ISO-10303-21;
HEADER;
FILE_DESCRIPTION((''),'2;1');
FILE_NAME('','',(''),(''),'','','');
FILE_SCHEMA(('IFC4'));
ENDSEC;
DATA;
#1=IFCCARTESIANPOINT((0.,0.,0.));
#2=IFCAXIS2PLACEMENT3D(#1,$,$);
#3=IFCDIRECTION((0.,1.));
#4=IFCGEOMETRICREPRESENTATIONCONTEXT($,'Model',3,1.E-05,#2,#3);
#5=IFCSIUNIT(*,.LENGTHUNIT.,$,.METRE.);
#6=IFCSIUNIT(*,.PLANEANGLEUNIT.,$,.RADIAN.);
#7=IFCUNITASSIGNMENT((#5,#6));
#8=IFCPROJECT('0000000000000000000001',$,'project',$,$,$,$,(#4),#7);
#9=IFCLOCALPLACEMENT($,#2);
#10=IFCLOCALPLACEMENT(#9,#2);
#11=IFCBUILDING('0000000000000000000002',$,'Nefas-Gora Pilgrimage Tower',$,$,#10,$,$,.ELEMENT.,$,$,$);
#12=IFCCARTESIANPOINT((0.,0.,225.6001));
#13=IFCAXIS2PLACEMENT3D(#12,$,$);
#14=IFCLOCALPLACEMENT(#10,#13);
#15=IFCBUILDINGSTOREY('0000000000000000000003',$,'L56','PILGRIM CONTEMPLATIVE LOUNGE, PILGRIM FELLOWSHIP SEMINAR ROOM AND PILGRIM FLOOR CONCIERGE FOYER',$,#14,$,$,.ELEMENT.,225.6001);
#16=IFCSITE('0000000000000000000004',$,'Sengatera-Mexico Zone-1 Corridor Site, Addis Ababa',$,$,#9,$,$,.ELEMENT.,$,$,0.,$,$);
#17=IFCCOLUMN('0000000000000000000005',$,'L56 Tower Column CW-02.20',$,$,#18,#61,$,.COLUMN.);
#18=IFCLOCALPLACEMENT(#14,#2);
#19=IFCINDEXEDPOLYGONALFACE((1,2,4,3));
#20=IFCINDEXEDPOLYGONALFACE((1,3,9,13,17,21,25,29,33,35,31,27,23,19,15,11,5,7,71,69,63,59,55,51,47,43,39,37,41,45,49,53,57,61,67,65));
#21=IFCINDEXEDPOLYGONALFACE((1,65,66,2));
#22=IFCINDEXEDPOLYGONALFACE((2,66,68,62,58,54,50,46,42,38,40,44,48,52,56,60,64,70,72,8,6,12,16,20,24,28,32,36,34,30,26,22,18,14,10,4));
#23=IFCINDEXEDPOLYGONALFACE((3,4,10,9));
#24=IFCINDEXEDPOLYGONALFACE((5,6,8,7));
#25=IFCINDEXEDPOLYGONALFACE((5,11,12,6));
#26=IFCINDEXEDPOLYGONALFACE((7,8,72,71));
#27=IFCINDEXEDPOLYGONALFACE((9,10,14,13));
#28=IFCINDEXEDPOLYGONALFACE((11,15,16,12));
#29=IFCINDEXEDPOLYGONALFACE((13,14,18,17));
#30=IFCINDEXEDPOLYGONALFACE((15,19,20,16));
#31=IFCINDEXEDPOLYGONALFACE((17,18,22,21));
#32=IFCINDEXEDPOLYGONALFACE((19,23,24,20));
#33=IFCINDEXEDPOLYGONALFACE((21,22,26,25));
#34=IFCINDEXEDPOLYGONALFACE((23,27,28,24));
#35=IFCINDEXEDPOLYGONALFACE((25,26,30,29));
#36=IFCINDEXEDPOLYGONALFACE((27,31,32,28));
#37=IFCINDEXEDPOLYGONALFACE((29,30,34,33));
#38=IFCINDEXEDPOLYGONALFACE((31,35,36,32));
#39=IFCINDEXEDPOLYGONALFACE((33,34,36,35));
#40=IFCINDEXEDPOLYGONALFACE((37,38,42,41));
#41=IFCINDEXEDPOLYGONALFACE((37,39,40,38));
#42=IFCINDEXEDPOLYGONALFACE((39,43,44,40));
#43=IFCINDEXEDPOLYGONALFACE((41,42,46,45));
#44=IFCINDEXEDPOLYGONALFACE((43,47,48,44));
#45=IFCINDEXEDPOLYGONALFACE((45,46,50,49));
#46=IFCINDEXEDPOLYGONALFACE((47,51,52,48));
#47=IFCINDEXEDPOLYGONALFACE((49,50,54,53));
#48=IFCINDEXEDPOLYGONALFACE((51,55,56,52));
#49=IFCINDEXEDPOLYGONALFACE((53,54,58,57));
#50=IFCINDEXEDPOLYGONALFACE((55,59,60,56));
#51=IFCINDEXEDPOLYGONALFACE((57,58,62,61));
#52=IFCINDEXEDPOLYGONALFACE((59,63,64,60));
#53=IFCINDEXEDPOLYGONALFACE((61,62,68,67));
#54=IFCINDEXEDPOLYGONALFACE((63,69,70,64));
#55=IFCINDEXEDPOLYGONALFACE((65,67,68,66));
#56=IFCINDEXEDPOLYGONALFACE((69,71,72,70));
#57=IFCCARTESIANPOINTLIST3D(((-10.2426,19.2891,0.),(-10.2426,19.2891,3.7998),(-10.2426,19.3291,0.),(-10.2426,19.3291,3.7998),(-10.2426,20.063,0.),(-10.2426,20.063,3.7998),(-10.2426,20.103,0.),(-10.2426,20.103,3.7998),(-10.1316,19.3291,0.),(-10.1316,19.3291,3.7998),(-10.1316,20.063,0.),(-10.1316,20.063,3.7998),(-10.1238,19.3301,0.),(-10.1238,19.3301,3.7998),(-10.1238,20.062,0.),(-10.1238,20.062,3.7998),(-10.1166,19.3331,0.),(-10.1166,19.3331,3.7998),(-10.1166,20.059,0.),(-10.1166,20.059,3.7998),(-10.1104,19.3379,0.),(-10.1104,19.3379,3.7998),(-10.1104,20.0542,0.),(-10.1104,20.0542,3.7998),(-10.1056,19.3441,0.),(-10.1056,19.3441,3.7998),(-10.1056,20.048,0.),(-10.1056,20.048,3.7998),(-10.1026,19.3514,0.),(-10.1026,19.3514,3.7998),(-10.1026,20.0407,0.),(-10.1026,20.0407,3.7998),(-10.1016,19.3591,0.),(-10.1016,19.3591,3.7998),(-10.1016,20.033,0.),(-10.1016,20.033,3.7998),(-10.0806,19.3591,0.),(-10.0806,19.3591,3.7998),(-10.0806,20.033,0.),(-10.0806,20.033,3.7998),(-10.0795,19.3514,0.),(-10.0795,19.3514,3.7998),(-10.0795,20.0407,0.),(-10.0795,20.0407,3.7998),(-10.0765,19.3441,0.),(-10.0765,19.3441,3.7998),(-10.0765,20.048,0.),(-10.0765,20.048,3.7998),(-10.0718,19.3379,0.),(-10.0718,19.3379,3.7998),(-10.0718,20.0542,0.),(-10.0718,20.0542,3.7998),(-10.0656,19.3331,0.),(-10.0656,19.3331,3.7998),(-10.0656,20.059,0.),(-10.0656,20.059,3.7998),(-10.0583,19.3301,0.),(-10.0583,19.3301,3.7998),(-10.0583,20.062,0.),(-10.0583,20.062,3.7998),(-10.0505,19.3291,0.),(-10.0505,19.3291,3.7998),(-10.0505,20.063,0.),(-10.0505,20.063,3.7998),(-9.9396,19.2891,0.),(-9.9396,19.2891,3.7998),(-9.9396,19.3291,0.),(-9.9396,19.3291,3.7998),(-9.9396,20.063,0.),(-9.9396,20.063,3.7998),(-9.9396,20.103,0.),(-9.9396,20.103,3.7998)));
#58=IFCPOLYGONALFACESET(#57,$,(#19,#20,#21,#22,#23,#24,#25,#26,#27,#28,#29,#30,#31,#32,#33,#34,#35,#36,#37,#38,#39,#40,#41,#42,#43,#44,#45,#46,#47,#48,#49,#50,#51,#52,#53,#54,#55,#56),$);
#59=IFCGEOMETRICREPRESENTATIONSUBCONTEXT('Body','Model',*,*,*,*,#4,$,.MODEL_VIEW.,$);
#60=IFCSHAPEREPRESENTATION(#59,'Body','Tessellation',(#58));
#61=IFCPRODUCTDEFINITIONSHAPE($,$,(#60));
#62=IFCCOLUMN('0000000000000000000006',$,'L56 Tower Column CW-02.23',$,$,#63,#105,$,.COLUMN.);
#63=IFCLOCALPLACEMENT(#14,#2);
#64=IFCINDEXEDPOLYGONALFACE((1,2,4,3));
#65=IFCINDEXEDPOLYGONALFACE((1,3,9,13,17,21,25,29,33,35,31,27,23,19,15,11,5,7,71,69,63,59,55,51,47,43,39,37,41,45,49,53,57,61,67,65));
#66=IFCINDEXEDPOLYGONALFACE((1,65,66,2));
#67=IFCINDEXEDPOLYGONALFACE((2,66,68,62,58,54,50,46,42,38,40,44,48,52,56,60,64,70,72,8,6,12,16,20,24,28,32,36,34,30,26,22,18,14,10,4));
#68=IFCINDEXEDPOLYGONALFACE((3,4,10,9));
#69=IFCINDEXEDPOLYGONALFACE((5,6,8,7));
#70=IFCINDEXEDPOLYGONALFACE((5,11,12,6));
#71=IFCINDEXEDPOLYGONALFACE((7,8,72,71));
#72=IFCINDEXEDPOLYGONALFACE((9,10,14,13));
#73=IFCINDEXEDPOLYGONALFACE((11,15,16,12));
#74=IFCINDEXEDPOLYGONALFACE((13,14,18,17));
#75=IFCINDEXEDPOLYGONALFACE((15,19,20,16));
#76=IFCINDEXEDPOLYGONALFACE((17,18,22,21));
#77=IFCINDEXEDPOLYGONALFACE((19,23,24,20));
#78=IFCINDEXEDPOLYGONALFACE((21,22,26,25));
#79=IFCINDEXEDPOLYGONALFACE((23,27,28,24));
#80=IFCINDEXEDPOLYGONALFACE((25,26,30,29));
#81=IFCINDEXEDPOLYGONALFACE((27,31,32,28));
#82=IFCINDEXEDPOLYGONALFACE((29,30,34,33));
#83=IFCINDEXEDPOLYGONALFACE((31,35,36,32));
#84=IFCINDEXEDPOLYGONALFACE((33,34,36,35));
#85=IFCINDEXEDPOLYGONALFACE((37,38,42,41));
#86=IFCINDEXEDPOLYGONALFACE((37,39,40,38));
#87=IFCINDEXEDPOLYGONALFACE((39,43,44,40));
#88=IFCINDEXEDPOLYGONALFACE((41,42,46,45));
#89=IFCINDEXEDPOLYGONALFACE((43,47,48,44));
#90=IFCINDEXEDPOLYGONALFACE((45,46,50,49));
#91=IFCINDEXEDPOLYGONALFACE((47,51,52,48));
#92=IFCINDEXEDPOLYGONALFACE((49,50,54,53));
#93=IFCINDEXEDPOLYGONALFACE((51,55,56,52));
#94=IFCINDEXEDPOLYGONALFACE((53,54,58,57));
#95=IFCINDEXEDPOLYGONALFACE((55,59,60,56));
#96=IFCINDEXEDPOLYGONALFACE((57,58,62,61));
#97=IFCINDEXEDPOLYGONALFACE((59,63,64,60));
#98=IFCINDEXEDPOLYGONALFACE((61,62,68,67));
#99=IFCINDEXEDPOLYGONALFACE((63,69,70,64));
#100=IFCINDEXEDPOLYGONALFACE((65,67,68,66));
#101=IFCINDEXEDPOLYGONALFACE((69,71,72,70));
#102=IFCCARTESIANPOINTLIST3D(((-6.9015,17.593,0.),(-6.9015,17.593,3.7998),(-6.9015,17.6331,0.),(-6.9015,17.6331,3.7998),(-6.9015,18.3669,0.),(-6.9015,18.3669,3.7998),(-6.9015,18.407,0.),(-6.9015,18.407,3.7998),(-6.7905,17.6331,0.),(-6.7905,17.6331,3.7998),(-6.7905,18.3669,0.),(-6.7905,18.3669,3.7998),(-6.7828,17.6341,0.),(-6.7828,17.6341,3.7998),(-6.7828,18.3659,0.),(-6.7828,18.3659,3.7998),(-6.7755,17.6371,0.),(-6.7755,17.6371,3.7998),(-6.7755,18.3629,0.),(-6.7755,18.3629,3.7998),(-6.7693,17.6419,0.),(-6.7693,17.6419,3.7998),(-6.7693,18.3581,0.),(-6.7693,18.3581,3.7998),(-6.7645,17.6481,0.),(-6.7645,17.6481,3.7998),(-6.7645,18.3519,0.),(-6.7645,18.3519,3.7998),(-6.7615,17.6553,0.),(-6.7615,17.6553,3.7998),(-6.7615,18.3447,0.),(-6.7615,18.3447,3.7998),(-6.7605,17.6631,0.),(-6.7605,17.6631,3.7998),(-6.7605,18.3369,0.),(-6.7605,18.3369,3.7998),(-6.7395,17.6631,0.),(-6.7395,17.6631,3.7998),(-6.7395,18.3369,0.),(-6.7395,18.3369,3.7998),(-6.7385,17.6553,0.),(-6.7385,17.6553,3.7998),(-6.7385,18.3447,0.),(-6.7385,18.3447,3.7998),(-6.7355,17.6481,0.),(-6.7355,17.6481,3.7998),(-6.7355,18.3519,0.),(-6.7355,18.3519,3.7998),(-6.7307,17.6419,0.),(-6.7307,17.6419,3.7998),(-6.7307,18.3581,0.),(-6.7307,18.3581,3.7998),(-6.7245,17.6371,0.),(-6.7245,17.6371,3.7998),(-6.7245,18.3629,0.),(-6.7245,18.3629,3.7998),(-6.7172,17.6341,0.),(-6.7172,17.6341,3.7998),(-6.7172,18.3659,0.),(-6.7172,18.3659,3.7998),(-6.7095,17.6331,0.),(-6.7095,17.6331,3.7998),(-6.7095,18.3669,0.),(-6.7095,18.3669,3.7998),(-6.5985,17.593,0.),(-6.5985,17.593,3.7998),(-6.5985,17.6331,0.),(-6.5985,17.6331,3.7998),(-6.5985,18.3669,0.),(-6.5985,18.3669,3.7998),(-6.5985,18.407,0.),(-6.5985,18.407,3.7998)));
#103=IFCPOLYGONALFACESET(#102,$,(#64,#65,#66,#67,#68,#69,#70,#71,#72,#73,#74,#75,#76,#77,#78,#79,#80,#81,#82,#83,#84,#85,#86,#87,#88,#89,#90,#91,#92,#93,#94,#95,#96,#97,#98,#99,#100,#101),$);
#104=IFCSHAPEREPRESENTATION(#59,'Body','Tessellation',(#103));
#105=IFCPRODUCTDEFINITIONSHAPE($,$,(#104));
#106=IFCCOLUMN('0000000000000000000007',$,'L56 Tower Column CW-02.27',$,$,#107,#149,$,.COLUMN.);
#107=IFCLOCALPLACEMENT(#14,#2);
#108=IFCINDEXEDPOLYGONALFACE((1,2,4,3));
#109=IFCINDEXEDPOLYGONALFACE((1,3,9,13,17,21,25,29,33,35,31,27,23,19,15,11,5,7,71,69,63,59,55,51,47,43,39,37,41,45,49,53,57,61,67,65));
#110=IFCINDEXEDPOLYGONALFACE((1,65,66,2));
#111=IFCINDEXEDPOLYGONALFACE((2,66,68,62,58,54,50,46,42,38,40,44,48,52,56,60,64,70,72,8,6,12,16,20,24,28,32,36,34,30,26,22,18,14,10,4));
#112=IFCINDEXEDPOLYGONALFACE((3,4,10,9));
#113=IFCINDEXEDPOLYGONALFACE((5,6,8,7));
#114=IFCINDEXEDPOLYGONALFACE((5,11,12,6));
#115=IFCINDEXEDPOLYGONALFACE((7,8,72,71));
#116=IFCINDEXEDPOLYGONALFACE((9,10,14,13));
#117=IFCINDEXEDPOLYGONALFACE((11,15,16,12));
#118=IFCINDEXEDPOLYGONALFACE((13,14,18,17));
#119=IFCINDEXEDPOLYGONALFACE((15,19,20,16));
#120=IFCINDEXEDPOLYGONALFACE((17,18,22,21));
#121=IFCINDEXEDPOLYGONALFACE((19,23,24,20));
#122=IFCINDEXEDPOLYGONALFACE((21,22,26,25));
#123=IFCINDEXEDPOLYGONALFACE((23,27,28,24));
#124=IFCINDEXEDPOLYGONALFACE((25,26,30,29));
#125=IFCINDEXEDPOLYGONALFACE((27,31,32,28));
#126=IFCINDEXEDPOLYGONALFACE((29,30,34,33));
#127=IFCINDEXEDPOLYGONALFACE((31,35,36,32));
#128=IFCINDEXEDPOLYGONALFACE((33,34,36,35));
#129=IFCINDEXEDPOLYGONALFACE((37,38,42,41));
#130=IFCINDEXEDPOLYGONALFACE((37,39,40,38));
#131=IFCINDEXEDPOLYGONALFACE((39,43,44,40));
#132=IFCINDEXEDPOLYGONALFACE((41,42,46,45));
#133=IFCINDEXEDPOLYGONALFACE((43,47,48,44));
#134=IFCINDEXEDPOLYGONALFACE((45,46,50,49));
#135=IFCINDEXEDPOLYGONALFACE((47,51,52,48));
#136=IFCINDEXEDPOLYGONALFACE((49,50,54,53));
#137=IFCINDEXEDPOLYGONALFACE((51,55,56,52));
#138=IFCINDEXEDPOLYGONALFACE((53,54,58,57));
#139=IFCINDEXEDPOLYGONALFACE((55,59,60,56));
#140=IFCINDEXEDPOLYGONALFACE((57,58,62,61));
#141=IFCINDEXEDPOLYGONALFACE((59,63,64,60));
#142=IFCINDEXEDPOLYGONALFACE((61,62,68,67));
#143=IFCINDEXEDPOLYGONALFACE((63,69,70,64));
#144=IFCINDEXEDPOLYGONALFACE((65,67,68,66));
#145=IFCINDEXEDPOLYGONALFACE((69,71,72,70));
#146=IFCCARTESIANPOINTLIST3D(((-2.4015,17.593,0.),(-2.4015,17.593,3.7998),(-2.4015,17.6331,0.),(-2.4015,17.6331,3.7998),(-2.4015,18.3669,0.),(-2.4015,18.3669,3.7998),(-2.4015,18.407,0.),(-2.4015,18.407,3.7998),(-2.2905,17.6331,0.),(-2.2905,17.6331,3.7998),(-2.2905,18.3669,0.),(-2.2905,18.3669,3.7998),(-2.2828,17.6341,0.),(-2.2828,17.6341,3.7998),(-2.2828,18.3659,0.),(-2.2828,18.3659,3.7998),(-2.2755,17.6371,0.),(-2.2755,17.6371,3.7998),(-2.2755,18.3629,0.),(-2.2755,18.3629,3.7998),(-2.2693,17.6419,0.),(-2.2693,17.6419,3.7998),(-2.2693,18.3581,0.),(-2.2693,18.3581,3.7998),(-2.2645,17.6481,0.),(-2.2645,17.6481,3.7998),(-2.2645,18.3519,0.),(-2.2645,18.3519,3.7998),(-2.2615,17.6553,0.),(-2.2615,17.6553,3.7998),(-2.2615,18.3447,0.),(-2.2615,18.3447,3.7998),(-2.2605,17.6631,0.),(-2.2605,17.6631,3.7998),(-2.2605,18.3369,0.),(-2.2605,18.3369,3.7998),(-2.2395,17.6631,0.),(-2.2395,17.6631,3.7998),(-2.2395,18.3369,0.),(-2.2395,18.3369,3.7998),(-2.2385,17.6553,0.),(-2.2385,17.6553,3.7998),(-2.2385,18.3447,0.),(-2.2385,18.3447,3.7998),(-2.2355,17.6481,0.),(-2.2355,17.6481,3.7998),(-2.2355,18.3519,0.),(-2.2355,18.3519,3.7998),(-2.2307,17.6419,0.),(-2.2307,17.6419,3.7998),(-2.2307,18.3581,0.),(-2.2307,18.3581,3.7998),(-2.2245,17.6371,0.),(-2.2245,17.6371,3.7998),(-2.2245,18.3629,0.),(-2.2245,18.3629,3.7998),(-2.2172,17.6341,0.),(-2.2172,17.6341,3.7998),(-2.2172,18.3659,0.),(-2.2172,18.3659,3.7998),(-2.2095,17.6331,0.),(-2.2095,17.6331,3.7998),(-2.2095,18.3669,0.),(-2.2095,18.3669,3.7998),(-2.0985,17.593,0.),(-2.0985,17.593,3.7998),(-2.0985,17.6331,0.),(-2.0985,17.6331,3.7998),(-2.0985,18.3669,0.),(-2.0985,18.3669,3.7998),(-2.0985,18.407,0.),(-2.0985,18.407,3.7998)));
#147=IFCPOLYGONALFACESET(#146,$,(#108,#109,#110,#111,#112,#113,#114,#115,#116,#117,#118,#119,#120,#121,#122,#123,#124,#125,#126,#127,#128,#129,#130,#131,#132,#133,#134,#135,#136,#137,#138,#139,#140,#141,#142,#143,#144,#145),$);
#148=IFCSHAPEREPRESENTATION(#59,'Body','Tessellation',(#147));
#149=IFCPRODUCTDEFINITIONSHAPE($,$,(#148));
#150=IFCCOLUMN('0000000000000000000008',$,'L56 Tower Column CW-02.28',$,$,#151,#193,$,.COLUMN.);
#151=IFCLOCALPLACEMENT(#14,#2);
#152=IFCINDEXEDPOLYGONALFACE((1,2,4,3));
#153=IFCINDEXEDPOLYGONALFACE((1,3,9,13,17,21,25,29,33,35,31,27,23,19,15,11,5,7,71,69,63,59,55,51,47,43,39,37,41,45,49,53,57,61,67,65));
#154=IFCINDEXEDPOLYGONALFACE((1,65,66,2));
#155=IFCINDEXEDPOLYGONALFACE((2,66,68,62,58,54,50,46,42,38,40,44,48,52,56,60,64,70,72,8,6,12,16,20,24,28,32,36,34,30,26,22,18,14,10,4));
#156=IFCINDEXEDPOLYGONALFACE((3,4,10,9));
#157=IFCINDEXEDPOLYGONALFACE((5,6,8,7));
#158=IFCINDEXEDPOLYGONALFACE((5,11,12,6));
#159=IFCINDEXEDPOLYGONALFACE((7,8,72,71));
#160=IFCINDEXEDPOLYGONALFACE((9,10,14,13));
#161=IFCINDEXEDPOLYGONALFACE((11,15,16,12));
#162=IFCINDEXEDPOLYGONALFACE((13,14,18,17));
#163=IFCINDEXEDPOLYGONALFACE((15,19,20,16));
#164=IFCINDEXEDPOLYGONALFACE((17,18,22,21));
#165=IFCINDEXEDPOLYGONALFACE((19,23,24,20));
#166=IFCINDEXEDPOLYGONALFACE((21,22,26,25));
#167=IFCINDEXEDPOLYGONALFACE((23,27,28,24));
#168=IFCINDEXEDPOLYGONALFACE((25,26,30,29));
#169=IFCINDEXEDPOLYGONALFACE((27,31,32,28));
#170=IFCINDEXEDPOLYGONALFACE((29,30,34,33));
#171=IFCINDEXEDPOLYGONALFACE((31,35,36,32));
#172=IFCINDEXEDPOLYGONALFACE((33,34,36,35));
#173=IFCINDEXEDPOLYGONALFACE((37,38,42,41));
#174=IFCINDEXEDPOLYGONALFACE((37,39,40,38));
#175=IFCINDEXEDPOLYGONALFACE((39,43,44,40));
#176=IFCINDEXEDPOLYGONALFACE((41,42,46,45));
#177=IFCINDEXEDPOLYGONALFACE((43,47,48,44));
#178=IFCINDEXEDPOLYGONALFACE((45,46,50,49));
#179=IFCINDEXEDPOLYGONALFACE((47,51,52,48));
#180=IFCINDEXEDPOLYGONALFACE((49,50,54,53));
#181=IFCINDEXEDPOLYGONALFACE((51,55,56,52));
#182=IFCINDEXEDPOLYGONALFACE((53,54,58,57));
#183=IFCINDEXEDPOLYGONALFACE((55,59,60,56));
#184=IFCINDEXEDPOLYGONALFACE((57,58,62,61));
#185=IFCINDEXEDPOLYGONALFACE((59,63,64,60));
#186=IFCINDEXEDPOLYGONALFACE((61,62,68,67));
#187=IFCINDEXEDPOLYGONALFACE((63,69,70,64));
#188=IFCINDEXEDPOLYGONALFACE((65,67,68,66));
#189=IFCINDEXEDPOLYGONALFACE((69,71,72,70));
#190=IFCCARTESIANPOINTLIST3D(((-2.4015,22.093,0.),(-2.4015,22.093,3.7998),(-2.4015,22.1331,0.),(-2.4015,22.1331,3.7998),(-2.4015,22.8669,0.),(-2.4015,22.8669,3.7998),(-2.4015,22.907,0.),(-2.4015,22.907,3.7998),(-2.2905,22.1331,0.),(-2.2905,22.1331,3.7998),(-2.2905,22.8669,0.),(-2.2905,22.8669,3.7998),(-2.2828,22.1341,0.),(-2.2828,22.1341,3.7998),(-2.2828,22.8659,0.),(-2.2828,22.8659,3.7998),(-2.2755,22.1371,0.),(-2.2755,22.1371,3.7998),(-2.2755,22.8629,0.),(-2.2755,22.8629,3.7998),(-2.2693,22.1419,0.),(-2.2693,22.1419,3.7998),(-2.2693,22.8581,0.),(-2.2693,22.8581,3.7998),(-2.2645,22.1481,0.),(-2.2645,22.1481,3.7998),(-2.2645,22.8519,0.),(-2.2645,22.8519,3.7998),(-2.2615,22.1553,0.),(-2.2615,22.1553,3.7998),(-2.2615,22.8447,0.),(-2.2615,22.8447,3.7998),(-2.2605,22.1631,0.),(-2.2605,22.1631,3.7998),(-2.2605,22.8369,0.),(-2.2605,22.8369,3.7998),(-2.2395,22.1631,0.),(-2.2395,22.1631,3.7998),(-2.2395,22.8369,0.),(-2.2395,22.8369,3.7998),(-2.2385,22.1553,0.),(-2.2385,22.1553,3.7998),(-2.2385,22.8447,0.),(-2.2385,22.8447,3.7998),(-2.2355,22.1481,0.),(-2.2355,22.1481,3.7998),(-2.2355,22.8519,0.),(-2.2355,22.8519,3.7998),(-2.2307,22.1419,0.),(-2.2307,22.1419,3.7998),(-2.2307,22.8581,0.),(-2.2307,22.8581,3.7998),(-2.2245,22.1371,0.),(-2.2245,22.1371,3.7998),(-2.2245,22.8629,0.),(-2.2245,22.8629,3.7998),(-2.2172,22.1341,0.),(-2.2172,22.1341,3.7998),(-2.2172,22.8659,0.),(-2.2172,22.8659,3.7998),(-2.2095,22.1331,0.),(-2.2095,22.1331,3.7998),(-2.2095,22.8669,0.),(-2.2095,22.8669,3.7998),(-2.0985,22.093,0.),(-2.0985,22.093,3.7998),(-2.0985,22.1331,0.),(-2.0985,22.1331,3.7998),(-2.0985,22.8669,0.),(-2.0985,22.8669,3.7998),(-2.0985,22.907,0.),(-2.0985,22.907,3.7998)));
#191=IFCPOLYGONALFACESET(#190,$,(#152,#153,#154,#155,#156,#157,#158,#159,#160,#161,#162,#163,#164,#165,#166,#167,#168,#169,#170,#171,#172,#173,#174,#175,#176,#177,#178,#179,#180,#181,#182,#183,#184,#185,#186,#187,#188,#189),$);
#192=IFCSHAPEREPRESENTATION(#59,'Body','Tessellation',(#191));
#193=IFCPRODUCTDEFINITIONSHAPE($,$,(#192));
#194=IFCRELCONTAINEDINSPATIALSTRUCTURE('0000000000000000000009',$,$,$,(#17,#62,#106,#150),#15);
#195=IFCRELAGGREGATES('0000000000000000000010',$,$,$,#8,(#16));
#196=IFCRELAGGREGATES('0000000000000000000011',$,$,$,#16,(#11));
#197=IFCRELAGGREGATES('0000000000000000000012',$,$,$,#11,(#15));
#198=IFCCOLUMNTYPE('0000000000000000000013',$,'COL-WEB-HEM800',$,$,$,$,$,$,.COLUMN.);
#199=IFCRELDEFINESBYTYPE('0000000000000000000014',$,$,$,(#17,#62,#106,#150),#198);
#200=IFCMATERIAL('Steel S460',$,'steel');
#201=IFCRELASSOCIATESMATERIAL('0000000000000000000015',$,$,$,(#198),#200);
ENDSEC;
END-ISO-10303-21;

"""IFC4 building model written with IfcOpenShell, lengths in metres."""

from ifc_helpers import new_model, si_unit, direction, frame, origin, origin_2d, place, context, subcontext, project, spatial, i_section, extrude, source, transform, mapped, material, material_profile, profile_set, type_object, element, save


model = new_model("IFC4")

# Units and contexts
model_context = context("Model", 3, precision=1e-05, world=origin(), true_north=direction((0.0, 1.0)))
body_context = subcontext(model_context, "Body", "Model", "MODEL_VIEW")
ifc_project = project(units=[si_unit("LENGTHUNIT", "METRE"), si_unit("PLANEANGLEUNIT", "RADIAN")], contexts=[model_context])

# Site, building, storey
site_placement = place(None, origin())
site = spatial("IfcSite", under=ifc_project, at=site_placement, Name="Sengatera-Mexico Zone-1 Corridor Site, Addis Ababa", CompositionType="ELEMENT", RefElevation=0.0)
building_placement = place(site_placement, origin())
building = spatial("IfcBuilding", under=site, at=building_placement, Name="Nefas-Gora Pilgrimage Tower", CompositionType="ELEMENT")
storey_placement = place(building_placement, frame((0.0, 0.0, 225.6001)))
storey = spatial("IfcBuildingStorey", under=building, at=storey_placement, Name="L56", Description="PILGRIM CONTEMPLATIVE LOUNGE, PILGRIM FELLOWSHIP SEMINAR ROOM AND PILGRIM FLOOR CONCIERGE FOYER", CompositionType="ELEMENT", Elevation=225.6001)

# Columns
ifc_material_1 = material(Name="Steel S460", Category="steel")
ifc_material_profile_1 = material_profile(ifc_material_1, i_section(OverallWidth=0.303, OverallDepth=0.814, WebThickness=0.021, FlangeThickness=0.04, FilletRadius=0.03, at=origin_2d()), Name="HEM 800")
ifc_profile_set_1 = profile_set([ifc_material_profile_1], Name="Steel S460")
column_type_1 = type_object("IfcColumnType", Name="COL-WEB-HEM800", PredefinedType="COLUMN", material=ifc_profile_set_1)
shared_shape_1 = source(origin(), body_context, "Body", "SweptSolid", [
    extrude(i_section(OverallWidth=0.303, OverallDepth=0.814, WebThickness=0.021, FlangeThickness=0.04, FilletRadius=0.03, at=origin_2d()), origin(), (0.0, 0.0, 1.0), 3.7998),
])
for number, where, z_axis, x_axis, name in (
    (1, (-10.0911, 19.696, 0.0), (0.0, 0.0, 1.0), (1.0, 0.0, 0.0), "L56 Tower Column CW-02.20"),
    (2, (-6.75, 18.0, 0.0), (0.0, 0.0, 1.0), (1.0, 0.0, 0.0), "L56 Tower Column CW-02.23"),
    (3, (-2.25, 18.0, 0.0), (0.0, 0.0, 1.0), (1.0, 0.0, 0.0), "L56 Tower Column CW-02.27"),
    (4, (-2.25, 22.5, 0.0), (0.0, 0.0, 1.0), (1.0, 0.0, 0.0), "L56 Tower Column CW-02.28"),
):
    element("IfcColumn", number, at=place(storey_placement, frame(where, z_axis=z_axis, x_axis=x_axis)), inside=storey, type_object=column_type_1, Name=name, PredefinedType="COLUMN", context=body_context, shape_type="MappedRepresentation", body=[
        mapped(shared_shape_1, transform((0.0, 0.0, 0.0), x_axis=(1.0, 0.0, 0.0), y_axis=(0.0, 1.0, 0.0), z_axis=(0.0, 0.0, 1.0), scale=1.0)),
    ])

save(model, "model.ifc")
